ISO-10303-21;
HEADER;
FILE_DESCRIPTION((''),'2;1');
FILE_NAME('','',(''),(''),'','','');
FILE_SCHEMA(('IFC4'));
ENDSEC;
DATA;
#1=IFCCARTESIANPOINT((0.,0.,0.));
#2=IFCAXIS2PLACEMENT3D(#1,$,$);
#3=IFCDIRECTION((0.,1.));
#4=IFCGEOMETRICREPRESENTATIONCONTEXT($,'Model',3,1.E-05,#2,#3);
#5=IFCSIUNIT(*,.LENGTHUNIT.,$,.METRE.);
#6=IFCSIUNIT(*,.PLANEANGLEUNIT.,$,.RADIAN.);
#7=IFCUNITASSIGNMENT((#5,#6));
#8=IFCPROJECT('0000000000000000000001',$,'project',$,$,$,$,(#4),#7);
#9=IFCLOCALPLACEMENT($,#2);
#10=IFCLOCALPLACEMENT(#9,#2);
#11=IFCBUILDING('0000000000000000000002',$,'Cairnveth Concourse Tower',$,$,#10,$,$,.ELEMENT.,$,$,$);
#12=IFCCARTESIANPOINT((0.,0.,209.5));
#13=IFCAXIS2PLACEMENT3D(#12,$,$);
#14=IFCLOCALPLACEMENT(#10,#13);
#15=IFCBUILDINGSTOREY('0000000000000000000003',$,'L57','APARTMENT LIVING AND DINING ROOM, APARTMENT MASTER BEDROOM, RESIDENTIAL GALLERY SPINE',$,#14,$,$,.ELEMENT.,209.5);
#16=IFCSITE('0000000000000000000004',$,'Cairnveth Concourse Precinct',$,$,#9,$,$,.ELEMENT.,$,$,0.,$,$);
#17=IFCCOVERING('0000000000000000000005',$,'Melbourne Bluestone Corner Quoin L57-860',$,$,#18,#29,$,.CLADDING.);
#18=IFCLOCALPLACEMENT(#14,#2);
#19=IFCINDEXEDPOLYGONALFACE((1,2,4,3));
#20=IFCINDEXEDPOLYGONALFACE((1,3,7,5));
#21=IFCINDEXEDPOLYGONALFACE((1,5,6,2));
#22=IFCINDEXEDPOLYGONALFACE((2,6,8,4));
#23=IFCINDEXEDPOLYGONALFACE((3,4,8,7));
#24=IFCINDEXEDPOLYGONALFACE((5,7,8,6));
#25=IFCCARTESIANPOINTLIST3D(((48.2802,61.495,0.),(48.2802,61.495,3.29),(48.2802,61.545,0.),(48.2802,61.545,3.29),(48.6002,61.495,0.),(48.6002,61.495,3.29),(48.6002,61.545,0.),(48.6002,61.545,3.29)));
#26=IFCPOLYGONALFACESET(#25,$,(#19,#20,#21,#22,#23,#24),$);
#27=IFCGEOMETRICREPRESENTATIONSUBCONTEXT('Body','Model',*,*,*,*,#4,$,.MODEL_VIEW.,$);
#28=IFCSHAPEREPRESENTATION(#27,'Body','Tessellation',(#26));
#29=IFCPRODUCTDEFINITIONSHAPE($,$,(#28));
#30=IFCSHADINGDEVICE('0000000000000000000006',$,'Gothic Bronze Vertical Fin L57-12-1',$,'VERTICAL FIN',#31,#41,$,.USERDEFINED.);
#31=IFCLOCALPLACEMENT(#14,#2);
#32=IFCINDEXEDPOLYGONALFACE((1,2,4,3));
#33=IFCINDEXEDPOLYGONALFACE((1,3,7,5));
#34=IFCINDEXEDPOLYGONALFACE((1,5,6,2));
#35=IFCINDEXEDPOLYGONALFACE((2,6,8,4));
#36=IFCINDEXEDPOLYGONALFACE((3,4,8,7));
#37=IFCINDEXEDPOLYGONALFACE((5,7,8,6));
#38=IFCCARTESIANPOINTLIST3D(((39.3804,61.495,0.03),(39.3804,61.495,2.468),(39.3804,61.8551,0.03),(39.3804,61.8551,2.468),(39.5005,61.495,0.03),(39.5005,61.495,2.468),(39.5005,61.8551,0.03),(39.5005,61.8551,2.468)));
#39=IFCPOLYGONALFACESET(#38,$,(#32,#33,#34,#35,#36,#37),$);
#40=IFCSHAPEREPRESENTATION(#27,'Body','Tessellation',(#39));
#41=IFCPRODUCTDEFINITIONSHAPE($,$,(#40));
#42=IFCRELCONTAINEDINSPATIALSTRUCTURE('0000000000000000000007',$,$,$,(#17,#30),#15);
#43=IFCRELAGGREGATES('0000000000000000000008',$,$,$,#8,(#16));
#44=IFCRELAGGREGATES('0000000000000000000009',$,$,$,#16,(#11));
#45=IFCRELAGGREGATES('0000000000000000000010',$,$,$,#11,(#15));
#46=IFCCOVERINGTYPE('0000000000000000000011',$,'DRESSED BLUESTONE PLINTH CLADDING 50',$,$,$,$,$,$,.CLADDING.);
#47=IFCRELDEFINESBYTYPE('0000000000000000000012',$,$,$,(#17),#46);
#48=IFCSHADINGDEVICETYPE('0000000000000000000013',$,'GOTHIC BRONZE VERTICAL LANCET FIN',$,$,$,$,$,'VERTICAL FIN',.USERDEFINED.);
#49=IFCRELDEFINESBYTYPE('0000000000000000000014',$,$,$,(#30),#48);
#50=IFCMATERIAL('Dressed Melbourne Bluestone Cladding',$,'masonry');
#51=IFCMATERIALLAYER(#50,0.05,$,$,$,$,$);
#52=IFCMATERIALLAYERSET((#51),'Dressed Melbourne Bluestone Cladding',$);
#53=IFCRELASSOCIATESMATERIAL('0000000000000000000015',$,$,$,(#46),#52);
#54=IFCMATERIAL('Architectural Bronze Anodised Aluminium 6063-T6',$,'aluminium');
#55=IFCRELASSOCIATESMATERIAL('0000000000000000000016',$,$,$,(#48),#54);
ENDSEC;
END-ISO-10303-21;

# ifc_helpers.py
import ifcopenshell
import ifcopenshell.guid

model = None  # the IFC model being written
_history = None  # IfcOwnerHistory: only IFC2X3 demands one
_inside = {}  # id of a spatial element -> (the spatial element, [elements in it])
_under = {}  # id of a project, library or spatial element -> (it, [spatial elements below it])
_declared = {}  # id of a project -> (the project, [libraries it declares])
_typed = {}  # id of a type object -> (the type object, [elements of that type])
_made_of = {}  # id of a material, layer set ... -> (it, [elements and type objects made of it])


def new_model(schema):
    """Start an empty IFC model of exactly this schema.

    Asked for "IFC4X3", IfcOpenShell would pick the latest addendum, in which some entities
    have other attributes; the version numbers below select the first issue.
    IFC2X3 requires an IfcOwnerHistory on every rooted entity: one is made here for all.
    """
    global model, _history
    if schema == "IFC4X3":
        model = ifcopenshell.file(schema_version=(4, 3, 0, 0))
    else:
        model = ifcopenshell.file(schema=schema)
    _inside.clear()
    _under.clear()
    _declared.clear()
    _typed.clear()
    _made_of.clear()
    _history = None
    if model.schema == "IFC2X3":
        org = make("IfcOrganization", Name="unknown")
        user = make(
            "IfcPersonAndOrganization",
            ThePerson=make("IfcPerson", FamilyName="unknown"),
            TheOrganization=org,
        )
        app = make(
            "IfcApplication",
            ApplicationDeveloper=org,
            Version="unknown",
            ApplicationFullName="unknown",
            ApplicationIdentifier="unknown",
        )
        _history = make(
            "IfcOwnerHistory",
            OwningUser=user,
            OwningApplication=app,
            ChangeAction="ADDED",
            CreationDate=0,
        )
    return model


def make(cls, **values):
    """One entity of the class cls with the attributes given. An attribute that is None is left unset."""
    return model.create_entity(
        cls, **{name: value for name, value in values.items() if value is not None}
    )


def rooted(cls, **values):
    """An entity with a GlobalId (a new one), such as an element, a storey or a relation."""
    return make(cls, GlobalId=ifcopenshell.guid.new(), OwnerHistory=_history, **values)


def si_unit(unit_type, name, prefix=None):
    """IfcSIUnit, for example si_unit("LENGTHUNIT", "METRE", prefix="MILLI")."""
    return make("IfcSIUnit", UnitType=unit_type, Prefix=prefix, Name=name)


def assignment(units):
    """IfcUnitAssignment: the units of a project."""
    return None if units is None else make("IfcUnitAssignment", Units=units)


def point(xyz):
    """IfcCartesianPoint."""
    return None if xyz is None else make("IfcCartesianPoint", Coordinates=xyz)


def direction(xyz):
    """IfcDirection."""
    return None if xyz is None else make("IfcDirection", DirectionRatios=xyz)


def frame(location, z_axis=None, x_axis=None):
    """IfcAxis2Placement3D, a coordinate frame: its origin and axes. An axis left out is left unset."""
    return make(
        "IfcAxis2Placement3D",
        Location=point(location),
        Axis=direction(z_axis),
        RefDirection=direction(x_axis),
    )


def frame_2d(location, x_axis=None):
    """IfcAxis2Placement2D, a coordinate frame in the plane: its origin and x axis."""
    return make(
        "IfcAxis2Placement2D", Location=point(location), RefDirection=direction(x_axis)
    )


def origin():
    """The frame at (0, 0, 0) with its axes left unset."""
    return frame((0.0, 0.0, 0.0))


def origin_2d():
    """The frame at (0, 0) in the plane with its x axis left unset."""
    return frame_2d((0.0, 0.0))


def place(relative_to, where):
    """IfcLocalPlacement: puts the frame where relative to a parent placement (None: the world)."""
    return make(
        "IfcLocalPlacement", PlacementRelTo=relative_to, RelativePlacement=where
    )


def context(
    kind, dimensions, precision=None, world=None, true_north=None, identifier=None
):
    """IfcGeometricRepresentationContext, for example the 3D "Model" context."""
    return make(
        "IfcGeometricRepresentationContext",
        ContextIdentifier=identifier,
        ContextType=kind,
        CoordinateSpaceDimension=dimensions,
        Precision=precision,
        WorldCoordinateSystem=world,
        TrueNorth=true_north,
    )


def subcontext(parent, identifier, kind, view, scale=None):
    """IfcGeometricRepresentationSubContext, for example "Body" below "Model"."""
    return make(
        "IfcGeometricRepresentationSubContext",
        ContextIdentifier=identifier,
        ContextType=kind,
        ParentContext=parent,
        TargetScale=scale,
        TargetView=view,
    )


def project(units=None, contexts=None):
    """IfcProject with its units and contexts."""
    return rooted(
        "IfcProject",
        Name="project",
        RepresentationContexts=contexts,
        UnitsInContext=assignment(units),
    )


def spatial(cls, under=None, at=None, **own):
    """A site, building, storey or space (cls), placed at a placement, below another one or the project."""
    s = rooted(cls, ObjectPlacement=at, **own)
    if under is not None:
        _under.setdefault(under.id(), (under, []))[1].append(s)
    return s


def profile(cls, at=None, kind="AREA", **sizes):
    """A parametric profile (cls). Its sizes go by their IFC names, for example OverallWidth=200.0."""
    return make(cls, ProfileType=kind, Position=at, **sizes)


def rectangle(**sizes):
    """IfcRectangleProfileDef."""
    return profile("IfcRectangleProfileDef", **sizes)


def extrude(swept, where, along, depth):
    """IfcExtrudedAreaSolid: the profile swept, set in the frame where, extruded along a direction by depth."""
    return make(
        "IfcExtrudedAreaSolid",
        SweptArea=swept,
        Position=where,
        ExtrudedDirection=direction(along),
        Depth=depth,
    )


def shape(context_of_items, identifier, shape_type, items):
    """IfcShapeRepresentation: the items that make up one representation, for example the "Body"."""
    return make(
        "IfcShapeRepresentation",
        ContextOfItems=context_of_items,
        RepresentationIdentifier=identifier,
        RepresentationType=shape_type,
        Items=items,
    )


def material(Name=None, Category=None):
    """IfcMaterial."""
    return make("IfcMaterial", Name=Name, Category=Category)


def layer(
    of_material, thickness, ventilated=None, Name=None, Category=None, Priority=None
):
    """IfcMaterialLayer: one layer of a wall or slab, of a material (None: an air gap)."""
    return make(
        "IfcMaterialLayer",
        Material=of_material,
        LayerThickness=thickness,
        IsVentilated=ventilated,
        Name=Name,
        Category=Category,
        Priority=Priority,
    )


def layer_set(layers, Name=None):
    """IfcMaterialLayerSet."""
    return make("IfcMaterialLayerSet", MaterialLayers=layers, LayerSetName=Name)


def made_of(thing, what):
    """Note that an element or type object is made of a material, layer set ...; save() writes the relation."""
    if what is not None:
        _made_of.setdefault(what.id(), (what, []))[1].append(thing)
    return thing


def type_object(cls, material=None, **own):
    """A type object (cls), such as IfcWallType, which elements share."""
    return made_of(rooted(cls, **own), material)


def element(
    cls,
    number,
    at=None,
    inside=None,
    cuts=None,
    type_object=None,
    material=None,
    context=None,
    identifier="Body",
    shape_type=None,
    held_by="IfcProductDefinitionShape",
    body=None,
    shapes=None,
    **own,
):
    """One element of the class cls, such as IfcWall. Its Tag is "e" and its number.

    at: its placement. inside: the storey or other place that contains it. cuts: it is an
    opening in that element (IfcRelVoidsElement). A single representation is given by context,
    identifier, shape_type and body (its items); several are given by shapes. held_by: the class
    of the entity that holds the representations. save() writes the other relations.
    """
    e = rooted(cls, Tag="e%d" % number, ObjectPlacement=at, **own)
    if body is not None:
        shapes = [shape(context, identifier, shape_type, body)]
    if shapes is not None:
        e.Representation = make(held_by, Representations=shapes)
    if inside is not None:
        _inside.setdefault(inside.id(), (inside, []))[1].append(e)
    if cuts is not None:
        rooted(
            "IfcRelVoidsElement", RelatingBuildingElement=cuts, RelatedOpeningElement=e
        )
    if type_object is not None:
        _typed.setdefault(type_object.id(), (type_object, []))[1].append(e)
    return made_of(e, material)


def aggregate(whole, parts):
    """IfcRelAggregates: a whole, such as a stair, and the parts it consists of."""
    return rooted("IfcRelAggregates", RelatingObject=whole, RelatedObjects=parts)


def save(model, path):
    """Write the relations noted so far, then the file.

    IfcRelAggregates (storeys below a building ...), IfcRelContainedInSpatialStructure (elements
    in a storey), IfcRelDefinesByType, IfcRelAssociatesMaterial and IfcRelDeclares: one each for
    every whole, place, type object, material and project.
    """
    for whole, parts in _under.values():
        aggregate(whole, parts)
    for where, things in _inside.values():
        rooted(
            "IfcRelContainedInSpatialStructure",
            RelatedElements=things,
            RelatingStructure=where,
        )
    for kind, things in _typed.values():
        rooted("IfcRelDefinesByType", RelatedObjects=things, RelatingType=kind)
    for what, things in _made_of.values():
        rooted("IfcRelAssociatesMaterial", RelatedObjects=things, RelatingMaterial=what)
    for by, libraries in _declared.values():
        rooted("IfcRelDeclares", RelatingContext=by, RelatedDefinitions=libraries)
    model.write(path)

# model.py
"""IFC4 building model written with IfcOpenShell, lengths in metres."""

from ifc_helpers import new_model, si_unit, direction, frame, frame_2d, origin, origin_2d, place, context, subcontext, project, spatial, rectangle, extrude, material, layer, layer_set, type_object, element, save


model = new_model("IFC4")

# Units and contexts
model_context = context("Model", 3, precision=1e-05, world=origin(), true_north=direction((0.0, 1.0)))
body_context = subcontext(model_context, "Body", "Model", "MODEL_VIEW")
ifc_project = project(units=[si_unit("LENGTHUNIT", "METRE"), si_unit("PLANEANGLEUNIT", "RADIAN")], contexts=[model_context])

# Site, building, storey
site_placement = place(None, origin())
site = spatial("IfcSite", under=ifc_project, at=site_placement, Name="Cairnveth Concourse Precinct", CompositionType="ELEMENT", RefElevation=0.0)
building_placement = place(site_placement, origin())
building = spatial("IfcBuilding", under=site, at=building_placement, Name="Cairnveth Concourse Tower", CompositionType="ELEMENT")
storey_placement = place(building_placement, frame((0.0, 0.0, 209.5)))
storey = spatial("IfcBuildingStorey", under=building, at=storey_placement, Name="L57", Description="APARTMENT LIVING AND DINING ROOM, APARTMENT MASTER BEDROOM, RESIDENTIAL GALLERY SPINE", CompositionType="ELEMENT", Elevation=209.5)

# Covering
ifc_material_1 = material(Name="Dressed Melbourne Bluestone Cladding", Category="masonry")
ifc_layer_1 = layer(ifc_material_1, 0.05)
ifc_layer_set_1 = layer_set([ifc_layer_1], Name="Dressed Melbourne Bluestone Cladding")
covering_type = type_object("IfcCoveringType", Name="DRESSED BLUESTONE PLINTH CLADDING 50", PredefinedType="CLADDING", material=ifc_layer_set_1)
for number, where, z_axis, x_axis, name in (
    (1, (48.28, 61.52, 0.0), (0.0, 0.0, 1.0), (1.0, 0.0, 0.0), "Melbourne Bluestone Corner Quoin L57-860"),
):
    element("IfcCovering", number, at=place(storey_placement, frame(where, z_axis=z_axis, x_axis=x_axis)), inside=storey, type_object=covering_type, Name=name, PredefinedType="CLADDING", context=body_context, shape_type="SweptSolid", body=[
        extrude(rectangle(XDim=0.3201, YDim=0.05, at=frame_2d((0.1602, 0.0))), origin(), (0.0, 0.0, 1.0), 3.29),
    ])

# Shading device
ifc_material_2 = material(Name="Architectural Bronze Anodised Aluminium 6063-T6", Category="aluminium")
shading_device_type = type_object("IfcShadingDeviceType", Name="GOTHIC BRONZE VERTICAL LANCET FIN", ElementType="VERTICAL FIN", PredefinedType="USERDEFINED", material=ifc_material_2)
shading_device_placement = place(storey_placement, frame((39.4404, 61.675, 0.03), z_axis=(0.0, 0.0, 1.0), x_axis=(1.0, 0.0, 0.0)))
element("IfcShadingDevice", 2, at=shading_device_placement, inside=storey, type_object=shading_device_type, Name="Gothic Bronze Vertical Fin L57-12-1", ObjectType="VERTICAL FIN", PredefinedType="USERDEFINED", context=body_context, shape_type="SweptSolid", body=[
    extrude(rectangle(XDim=0.1201, YDim=0.3601, at=origin_2d()), origin(), (0.0, 0.0, 1.0), 2.438),
])

save(model, "model.ifc")
